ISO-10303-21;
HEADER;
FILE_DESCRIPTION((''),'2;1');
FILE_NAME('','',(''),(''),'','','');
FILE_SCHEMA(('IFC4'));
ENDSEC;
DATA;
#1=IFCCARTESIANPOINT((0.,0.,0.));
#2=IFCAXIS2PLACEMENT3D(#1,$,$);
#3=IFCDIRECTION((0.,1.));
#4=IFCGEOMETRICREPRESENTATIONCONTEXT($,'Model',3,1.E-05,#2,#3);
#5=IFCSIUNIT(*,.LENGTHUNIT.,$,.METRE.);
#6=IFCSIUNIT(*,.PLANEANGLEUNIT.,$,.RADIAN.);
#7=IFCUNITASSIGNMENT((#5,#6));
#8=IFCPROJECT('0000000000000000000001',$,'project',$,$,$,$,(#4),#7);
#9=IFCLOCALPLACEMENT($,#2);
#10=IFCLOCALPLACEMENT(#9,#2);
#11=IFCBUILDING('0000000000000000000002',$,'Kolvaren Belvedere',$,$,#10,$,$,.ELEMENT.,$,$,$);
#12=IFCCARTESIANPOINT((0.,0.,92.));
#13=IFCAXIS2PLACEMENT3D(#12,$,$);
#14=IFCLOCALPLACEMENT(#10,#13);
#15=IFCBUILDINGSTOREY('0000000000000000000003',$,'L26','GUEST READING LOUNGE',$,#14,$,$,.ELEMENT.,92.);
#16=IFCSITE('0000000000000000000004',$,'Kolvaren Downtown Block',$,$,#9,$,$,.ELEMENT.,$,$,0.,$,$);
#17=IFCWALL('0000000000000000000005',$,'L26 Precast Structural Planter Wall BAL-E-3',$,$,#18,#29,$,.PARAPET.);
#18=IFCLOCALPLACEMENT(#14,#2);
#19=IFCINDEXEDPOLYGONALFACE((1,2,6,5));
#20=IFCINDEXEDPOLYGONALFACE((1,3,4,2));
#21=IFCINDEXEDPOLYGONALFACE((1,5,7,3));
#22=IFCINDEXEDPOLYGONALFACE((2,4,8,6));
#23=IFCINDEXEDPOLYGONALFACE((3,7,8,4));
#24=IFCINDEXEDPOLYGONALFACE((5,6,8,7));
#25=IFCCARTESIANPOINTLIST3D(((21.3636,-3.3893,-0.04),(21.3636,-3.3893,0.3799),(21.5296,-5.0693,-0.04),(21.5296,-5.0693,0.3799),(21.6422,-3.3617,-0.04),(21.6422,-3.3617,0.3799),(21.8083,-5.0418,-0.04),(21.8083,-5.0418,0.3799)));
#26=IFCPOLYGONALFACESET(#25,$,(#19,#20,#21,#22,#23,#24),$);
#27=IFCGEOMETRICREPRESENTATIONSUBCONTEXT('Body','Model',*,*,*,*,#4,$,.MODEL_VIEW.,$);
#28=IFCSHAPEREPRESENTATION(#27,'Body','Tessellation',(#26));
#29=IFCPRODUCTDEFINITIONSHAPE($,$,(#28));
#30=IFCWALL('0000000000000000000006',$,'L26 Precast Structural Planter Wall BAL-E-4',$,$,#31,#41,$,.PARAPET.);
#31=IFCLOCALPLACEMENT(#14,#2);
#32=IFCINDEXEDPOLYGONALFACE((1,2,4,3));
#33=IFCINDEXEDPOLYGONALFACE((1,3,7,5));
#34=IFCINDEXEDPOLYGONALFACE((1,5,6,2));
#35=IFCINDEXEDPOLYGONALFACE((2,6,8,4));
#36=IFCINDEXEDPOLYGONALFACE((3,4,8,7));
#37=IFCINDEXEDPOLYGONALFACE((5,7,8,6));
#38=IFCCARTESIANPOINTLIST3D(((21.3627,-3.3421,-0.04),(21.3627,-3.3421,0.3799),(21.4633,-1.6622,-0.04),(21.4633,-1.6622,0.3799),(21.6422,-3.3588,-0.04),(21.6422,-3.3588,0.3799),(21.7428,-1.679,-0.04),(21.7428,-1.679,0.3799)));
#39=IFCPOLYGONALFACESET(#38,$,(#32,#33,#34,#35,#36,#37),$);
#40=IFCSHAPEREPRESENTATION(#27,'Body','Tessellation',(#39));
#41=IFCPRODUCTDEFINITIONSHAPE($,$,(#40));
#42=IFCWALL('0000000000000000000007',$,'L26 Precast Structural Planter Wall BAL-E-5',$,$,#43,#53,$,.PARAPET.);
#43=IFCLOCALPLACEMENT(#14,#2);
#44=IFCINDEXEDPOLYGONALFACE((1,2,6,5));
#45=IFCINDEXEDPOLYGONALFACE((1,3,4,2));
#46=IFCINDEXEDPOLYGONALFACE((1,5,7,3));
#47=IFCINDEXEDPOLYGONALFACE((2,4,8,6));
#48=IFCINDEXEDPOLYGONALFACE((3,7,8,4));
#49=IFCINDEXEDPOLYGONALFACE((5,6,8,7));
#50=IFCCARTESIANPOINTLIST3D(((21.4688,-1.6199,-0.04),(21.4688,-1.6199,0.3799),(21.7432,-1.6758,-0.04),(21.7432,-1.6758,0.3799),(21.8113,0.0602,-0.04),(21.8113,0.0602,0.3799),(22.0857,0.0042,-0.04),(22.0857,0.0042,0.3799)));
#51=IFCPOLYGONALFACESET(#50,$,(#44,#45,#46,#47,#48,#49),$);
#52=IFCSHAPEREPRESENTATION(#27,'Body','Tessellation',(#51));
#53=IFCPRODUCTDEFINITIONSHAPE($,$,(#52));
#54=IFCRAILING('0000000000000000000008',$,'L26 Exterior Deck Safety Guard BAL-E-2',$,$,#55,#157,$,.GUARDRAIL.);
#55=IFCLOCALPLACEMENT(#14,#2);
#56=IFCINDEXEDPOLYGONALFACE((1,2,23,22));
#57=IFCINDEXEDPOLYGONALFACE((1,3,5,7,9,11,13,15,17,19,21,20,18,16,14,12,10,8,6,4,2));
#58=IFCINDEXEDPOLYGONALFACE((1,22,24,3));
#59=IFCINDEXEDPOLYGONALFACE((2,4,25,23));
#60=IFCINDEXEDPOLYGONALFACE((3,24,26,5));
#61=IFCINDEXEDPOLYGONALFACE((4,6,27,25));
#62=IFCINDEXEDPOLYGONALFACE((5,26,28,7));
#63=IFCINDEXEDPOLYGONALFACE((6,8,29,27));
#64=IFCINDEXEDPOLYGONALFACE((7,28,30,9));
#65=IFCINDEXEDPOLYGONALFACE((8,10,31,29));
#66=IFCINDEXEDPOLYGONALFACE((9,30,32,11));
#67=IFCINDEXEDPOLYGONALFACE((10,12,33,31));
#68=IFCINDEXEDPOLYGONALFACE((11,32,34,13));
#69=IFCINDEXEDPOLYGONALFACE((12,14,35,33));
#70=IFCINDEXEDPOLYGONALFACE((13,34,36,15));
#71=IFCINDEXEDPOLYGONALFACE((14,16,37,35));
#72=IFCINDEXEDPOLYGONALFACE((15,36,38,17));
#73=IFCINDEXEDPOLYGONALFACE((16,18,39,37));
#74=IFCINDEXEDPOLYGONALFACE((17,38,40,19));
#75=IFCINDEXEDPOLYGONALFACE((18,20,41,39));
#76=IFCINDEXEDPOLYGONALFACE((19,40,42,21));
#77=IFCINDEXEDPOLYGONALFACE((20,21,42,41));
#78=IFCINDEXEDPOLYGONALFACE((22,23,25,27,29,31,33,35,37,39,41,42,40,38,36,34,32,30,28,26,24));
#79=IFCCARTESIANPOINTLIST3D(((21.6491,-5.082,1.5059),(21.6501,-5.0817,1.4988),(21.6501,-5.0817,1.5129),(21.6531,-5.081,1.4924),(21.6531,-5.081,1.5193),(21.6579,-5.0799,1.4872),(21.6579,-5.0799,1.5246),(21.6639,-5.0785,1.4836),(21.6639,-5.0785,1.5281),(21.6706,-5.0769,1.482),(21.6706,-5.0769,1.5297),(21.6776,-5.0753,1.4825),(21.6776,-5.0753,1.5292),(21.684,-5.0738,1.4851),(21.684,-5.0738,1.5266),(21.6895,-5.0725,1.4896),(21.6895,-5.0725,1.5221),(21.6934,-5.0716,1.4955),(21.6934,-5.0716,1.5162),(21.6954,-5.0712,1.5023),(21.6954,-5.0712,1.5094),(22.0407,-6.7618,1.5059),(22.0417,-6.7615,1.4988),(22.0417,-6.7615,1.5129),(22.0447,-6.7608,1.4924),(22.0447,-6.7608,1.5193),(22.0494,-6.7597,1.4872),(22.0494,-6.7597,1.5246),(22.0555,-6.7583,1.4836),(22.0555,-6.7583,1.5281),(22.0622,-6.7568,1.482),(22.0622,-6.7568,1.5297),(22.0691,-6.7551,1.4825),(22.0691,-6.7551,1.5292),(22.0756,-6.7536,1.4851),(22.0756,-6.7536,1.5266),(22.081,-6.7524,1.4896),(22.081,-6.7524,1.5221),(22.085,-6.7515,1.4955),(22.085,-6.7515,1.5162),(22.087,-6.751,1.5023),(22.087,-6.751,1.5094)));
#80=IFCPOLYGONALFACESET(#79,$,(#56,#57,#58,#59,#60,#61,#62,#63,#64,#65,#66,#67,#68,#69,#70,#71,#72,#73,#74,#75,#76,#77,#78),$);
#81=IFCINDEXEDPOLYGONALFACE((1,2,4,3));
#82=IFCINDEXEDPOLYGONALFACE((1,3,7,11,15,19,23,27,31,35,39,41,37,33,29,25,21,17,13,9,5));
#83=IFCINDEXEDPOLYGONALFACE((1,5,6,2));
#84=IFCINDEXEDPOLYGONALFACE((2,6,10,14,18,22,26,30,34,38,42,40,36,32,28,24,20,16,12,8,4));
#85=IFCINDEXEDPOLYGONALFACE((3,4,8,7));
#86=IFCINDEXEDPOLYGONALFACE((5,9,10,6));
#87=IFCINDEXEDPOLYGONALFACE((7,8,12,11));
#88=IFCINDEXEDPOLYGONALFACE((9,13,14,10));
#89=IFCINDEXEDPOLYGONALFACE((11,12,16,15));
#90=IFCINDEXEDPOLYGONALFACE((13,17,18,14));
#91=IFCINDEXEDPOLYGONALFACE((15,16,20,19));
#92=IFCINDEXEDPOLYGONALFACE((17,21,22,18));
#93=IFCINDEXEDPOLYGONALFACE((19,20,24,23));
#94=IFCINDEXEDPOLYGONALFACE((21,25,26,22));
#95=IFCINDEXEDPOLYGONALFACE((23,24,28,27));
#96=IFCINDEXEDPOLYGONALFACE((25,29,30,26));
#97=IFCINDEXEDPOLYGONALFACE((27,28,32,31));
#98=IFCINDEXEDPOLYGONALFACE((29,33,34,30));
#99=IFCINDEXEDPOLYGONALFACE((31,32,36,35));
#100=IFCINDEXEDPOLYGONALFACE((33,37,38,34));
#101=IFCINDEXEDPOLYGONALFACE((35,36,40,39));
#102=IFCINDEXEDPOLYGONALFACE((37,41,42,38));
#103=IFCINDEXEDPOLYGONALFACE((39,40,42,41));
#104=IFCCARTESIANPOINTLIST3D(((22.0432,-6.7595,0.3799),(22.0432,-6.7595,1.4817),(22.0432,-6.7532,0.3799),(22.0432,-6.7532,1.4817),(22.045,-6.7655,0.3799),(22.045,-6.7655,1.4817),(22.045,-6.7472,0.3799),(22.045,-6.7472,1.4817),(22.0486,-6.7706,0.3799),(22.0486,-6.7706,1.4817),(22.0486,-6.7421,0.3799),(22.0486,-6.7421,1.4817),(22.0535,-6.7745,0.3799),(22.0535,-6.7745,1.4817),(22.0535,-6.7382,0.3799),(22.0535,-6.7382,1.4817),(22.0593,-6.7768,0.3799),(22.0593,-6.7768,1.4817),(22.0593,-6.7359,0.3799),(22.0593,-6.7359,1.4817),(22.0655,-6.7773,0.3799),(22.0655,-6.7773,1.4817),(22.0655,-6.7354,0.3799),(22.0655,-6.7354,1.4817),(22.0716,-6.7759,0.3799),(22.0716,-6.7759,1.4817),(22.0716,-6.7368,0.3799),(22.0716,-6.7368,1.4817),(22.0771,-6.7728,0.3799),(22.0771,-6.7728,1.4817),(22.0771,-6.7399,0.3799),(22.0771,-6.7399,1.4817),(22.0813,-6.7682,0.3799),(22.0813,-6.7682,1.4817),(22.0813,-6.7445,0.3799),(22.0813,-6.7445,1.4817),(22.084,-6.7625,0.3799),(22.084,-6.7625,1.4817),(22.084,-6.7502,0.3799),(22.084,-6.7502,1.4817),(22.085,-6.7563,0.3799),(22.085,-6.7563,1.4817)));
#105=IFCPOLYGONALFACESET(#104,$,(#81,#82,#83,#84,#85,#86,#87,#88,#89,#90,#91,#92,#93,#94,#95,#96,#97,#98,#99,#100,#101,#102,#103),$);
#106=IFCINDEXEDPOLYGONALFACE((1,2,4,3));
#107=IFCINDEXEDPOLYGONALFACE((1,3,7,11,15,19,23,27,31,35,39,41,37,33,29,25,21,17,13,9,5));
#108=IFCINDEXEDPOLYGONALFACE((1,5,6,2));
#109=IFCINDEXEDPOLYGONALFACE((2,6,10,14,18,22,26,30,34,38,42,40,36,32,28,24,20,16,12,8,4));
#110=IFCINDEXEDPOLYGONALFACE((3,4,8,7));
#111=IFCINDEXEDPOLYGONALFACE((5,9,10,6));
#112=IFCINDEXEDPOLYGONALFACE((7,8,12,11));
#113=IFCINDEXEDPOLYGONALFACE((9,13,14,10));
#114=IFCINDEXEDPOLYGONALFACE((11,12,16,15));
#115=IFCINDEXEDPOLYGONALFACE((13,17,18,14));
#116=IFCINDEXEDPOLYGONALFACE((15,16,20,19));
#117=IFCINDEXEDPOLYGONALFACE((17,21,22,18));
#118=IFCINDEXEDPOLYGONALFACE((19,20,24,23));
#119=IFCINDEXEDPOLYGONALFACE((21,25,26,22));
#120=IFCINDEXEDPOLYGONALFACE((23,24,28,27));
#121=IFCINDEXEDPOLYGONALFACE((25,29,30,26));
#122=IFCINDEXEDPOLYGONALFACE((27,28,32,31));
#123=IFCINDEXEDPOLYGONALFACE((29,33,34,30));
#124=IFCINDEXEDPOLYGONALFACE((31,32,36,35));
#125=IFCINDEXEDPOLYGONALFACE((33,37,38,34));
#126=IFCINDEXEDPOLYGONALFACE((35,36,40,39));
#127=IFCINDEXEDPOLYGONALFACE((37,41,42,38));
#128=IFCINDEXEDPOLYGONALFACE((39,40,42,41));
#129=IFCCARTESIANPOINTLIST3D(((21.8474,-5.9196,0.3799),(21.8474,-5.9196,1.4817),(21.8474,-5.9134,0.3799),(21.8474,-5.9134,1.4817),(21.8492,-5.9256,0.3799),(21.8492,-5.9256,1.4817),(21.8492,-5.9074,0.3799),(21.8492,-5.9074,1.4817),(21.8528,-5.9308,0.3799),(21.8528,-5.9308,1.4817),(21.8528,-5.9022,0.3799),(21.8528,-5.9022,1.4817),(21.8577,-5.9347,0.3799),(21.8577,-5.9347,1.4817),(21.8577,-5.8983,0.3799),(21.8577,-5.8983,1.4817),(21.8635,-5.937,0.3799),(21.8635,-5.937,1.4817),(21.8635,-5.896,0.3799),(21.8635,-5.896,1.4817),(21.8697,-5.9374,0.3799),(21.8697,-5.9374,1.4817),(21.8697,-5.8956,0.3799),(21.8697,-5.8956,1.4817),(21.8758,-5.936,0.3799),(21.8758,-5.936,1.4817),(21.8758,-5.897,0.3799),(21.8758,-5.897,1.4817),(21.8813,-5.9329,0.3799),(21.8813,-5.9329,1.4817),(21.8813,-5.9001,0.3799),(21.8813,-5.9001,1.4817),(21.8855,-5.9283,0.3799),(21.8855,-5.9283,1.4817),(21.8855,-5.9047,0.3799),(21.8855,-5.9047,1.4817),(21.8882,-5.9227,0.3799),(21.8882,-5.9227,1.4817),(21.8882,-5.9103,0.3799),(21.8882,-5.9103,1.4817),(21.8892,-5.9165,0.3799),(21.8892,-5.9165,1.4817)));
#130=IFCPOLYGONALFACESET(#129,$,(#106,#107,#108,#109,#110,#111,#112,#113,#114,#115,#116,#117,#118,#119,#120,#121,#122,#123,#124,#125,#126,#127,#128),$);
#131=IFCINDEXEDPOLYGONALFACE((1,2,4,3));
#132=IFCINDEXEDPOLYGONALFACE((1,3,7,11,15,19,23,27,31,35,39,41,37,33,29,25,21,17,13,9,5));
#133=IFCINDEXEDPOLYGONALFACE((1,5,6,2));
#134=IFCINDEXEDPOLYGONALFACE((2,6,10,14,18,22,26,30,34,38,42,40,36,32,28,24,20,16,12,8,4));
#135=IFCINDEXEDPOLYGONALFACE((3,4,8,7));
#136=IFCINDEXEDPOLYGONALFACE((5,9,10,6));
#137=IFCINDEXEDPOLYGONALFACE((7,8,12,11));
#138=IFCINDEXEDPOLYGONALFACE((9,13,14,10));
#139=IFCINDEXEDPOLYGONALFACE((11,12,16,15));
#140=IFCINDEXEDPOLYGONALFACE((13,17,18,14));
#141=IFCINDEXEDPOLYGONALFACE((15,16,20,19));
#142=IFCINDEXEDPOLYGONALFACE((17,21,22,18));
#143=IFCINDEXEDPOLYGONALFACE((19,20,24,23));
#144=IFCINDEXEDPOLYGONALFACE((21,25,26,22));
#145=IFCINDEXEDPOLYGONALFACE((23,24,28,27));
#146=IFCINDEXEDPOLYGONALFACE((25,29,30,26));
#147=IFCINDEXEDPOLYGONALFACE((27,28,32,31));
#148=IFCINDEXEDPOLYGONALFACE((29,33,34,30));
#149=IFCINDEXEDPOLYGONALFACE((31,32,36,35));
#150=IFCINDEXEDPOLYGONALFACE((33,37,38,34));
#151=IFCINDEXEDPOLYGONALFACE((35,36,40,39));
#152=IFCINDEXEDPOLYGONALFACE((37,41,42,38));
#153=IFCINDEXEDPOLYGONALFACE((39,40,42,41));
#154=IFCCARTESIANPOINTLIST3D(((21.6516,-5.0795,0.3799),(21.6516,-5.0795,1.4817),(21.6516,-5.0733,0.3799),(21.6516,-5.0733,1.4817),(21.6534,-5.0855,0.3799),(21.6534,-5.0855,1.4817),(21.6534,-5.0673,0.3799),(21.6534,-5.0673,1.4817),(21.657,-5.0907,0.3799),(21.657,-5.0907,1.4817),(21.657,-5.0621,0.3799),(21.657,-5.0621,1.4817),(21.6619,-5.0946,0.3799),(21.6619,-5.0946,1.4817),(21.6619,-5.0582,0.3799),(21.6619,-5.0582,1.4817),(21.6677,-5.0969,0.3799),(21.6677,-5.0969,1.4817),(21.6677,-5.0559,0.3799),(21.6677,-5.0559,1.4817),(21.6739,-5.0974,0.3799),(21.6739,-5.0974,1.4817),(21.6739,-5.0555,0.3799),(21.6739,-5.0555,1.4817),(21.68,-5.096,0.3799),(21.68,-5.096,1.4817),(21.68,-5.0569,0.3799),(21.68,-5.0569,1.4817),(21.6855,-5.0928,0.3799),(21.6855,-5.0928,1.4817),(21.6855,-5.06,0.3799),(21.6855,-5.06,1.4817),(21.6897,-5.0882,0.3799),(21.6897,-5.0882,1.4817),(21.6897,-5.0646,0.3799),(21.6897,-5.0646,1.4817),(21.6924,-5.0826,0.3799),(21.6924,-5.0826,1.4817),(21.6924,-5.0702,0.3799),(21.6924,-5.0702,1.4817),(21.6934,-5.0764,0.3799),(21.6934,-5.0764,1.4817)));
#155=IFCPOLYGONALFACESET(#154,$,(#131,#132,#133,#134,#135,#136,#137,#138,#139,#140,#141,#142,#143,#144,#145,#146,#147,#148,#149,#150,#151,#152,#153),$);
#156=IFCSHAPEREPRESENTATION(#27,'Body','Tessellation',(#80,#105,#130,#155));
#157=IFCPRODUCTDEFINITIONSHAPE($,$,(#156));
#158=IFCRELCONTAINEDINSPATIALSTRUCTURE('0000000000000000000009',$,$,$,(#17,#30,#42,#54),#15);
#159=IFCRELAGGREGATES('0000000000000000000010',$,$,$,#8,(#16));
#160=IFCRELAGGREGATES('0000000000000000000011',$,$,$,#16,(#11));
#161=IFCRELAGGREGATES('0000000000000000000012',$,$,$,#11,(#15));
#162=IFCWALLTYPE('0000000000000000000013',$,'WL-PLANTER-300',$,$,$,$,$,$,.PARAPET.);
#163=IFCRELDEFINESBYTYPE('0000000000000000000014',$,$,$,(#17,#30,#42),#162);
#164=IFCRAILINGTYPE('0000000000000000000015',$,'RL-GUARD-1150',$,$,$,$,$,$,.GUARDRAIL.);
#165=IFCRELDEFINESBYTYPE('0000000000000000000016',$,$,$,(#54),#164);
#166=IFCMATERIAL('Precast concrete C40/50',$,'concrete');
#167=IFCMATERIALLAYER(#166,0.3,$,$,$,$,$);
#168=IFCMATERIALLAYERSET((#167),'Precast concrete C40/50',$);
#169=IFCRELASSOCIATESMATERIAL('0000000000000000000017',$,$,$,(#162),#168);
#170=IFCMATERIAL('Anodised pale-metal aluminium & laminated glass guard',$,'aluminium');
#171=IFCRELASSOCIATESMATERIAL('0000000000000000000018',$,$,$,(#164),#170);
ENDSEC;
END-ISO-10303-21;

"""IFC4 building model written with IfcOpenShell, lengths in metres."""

from ifc_helpers import new_model, si_unit, direction, frame, frame_2d, origin, origin_2d, place, context, subcontext, project, spatial, rectangle, circle, extrude, material, layer, layer_set, type_object, element, save


model = new_model("IFC4")

# Units and contexts
model_context = context("Model", 3, precision=1e-05, world=origin(), true_north=direction((0.0, 1.0)))
body_context = subcontext(model_context, "Body", "Model", "MODEL_VIEW")
ifc_project = project(units=[si_unit("LENGTHUNIT", "METRE"), si_unit("PLANEANGLEUNIT", "RADIAN")], contexts=[model_context])

# Site, building, storey
site_placement = place(None, origin())
site = spatial("IfcSite", under=ifc_project, at=site_placement, Name="Kolvaren Downtown Block", CompositionType="ELEMENT", RefElevation=0.0)
building_placement = place(site_placement, origin())
building = spatial("IfcBuilding", under=site, at=building_placement, Name="Kolvaren Belvedere", CompositionType="ELEMENT")
storey_placement = place(building_placement, frame((0.0, 0.0, 92.0)))
storey = spatial("IfcBuildingStorey", under=building, at=storey_placement, Name="L26", Description="GUEST READING LOUNGE", CompositionType="ELEMENT", Elevation=92.0)

# Walls
ifc_material_1 = material(Name="Precast concrete C40/50", Category="concrete")
ifc_layer_1 = layer(ifc_material_1, 0.3)
ifc_layer_set_1 = layer_set([ifc_layer_1], Name="Precast concrete C40/50")
wall_type = type_object("IfcWallType", Name="WL-PLANTER-300", PredefinedType="PARAPET", material=ifc_layer_set_1)
wall_1_placement = place(storey_placement, frame((21.6689, -5.0557, -0.04), z_axis=(0.0, 0.0, 1.0), x_axis=(-0.098344, 0.995152, 0.0)))
element("IfcWall", 1, at=wall_1_placement, inside=storey, type_object=wall_type, Name="L26 Precast Structural Planter Wall BAL-E-3", PredefinedType="PARAPET", context=body_context, shape_type="SweptSolid", body=[
    extrude(rectangle(XDim=1.6882, YDim=0.28, at=frame_2d((0.8442, 0.0))), origin(), (0.0, 0.0, 1.0), 0.4199),
])
wall_2_placement = place(storey_placement, frame((21.5024, -3.3503, -0.04), z_axis=(0.0, 0.0, 1.0), x_axis=(0.059768, 0.998212, 0.0)))
element("IfcWall", 2, at=wall_2_placement, inside=storey, type_object=wall_type, Name="L26 Precast Structural Planter Wall BAL-E-4", PredefinedType="PARAPET", context=body_context, shape_type="SweptSolid", body=[
    extrude(rectangle(XDim=1.6829, YDim=0.28, at=frame_2d((0.8413, 0.0))), origin(), (0.0, 0.0, 1.0), 0.4199),
])
wall_3_placement = place(storey_placement, frame((21.606, -1.6479, -0.04), z_axis=(0.0, 0.0, 1.0), x_axis=(0.199784, 0.97984, 0.0)))
element("IfcWall", 3, at=wall_3_placement, inside=storey, type_object=wall_type, Name="L26 Precast Structural Planter Wall BAL-E-5", PredefinedType="PARAPET", context=body_context, shape_type="SweptSolid", body=[
    extrude(rectangle(XDim=1.7146, YDim=0.28, at=frame_2d((0.8574, 0.0))), origin(), (0.0, 0.0, 1.0), 0.4199),
])

# Railing
ifc_material_2 = material(Name="Anodised pale-metal aluminium & laminated glass guard", Category="aluminium")
railing_type = type_object("IfcRailingType", Name="RL-GUARD-1150", PredefinedType="GUARDRAIL", material=ifc_material_2)
railing_1_placement = place(storey_placement, frame((22.064, -6.7563, 0.3799)))
element("IfcRailing", 4, at=railing_1_placement, inside=storey, type_object=railing_type, Name="L26 Exterior Deck Safety Guard BAL-E-2", PredefinedType="GUARDRAIL", context=body_context, shape_type="SweptSolid", body=[
    extrude(circle(Radius=0.0239, at=origin_2d()), frame((0.0, 0.0, 1.126), z_axis=(-0.227019, 0.97389, 0.0), x_axis=(-0.97389, -0.227019, 0.0)), (0.0, 0.0, 1.0), 1.7249),
    extrude(circle(Radius=0.021, at=origin_2d()), origin(), (0.0, 0.0, 1.0), 1.1018),
    extrude(circle(Radius=0.021, at=origin_2d()), frame((-0.1958, 0.8398, 0.0)), (0.0, 0.0, 1.0), 1.1018),
    extrude(circle(Radius=0.021, at=origin_2d()), frame((-0.3916, 1.6799, 0.0)), (0.0, 0.0, 1.0), 1.1018),
])

save(model, "model.ifc")
